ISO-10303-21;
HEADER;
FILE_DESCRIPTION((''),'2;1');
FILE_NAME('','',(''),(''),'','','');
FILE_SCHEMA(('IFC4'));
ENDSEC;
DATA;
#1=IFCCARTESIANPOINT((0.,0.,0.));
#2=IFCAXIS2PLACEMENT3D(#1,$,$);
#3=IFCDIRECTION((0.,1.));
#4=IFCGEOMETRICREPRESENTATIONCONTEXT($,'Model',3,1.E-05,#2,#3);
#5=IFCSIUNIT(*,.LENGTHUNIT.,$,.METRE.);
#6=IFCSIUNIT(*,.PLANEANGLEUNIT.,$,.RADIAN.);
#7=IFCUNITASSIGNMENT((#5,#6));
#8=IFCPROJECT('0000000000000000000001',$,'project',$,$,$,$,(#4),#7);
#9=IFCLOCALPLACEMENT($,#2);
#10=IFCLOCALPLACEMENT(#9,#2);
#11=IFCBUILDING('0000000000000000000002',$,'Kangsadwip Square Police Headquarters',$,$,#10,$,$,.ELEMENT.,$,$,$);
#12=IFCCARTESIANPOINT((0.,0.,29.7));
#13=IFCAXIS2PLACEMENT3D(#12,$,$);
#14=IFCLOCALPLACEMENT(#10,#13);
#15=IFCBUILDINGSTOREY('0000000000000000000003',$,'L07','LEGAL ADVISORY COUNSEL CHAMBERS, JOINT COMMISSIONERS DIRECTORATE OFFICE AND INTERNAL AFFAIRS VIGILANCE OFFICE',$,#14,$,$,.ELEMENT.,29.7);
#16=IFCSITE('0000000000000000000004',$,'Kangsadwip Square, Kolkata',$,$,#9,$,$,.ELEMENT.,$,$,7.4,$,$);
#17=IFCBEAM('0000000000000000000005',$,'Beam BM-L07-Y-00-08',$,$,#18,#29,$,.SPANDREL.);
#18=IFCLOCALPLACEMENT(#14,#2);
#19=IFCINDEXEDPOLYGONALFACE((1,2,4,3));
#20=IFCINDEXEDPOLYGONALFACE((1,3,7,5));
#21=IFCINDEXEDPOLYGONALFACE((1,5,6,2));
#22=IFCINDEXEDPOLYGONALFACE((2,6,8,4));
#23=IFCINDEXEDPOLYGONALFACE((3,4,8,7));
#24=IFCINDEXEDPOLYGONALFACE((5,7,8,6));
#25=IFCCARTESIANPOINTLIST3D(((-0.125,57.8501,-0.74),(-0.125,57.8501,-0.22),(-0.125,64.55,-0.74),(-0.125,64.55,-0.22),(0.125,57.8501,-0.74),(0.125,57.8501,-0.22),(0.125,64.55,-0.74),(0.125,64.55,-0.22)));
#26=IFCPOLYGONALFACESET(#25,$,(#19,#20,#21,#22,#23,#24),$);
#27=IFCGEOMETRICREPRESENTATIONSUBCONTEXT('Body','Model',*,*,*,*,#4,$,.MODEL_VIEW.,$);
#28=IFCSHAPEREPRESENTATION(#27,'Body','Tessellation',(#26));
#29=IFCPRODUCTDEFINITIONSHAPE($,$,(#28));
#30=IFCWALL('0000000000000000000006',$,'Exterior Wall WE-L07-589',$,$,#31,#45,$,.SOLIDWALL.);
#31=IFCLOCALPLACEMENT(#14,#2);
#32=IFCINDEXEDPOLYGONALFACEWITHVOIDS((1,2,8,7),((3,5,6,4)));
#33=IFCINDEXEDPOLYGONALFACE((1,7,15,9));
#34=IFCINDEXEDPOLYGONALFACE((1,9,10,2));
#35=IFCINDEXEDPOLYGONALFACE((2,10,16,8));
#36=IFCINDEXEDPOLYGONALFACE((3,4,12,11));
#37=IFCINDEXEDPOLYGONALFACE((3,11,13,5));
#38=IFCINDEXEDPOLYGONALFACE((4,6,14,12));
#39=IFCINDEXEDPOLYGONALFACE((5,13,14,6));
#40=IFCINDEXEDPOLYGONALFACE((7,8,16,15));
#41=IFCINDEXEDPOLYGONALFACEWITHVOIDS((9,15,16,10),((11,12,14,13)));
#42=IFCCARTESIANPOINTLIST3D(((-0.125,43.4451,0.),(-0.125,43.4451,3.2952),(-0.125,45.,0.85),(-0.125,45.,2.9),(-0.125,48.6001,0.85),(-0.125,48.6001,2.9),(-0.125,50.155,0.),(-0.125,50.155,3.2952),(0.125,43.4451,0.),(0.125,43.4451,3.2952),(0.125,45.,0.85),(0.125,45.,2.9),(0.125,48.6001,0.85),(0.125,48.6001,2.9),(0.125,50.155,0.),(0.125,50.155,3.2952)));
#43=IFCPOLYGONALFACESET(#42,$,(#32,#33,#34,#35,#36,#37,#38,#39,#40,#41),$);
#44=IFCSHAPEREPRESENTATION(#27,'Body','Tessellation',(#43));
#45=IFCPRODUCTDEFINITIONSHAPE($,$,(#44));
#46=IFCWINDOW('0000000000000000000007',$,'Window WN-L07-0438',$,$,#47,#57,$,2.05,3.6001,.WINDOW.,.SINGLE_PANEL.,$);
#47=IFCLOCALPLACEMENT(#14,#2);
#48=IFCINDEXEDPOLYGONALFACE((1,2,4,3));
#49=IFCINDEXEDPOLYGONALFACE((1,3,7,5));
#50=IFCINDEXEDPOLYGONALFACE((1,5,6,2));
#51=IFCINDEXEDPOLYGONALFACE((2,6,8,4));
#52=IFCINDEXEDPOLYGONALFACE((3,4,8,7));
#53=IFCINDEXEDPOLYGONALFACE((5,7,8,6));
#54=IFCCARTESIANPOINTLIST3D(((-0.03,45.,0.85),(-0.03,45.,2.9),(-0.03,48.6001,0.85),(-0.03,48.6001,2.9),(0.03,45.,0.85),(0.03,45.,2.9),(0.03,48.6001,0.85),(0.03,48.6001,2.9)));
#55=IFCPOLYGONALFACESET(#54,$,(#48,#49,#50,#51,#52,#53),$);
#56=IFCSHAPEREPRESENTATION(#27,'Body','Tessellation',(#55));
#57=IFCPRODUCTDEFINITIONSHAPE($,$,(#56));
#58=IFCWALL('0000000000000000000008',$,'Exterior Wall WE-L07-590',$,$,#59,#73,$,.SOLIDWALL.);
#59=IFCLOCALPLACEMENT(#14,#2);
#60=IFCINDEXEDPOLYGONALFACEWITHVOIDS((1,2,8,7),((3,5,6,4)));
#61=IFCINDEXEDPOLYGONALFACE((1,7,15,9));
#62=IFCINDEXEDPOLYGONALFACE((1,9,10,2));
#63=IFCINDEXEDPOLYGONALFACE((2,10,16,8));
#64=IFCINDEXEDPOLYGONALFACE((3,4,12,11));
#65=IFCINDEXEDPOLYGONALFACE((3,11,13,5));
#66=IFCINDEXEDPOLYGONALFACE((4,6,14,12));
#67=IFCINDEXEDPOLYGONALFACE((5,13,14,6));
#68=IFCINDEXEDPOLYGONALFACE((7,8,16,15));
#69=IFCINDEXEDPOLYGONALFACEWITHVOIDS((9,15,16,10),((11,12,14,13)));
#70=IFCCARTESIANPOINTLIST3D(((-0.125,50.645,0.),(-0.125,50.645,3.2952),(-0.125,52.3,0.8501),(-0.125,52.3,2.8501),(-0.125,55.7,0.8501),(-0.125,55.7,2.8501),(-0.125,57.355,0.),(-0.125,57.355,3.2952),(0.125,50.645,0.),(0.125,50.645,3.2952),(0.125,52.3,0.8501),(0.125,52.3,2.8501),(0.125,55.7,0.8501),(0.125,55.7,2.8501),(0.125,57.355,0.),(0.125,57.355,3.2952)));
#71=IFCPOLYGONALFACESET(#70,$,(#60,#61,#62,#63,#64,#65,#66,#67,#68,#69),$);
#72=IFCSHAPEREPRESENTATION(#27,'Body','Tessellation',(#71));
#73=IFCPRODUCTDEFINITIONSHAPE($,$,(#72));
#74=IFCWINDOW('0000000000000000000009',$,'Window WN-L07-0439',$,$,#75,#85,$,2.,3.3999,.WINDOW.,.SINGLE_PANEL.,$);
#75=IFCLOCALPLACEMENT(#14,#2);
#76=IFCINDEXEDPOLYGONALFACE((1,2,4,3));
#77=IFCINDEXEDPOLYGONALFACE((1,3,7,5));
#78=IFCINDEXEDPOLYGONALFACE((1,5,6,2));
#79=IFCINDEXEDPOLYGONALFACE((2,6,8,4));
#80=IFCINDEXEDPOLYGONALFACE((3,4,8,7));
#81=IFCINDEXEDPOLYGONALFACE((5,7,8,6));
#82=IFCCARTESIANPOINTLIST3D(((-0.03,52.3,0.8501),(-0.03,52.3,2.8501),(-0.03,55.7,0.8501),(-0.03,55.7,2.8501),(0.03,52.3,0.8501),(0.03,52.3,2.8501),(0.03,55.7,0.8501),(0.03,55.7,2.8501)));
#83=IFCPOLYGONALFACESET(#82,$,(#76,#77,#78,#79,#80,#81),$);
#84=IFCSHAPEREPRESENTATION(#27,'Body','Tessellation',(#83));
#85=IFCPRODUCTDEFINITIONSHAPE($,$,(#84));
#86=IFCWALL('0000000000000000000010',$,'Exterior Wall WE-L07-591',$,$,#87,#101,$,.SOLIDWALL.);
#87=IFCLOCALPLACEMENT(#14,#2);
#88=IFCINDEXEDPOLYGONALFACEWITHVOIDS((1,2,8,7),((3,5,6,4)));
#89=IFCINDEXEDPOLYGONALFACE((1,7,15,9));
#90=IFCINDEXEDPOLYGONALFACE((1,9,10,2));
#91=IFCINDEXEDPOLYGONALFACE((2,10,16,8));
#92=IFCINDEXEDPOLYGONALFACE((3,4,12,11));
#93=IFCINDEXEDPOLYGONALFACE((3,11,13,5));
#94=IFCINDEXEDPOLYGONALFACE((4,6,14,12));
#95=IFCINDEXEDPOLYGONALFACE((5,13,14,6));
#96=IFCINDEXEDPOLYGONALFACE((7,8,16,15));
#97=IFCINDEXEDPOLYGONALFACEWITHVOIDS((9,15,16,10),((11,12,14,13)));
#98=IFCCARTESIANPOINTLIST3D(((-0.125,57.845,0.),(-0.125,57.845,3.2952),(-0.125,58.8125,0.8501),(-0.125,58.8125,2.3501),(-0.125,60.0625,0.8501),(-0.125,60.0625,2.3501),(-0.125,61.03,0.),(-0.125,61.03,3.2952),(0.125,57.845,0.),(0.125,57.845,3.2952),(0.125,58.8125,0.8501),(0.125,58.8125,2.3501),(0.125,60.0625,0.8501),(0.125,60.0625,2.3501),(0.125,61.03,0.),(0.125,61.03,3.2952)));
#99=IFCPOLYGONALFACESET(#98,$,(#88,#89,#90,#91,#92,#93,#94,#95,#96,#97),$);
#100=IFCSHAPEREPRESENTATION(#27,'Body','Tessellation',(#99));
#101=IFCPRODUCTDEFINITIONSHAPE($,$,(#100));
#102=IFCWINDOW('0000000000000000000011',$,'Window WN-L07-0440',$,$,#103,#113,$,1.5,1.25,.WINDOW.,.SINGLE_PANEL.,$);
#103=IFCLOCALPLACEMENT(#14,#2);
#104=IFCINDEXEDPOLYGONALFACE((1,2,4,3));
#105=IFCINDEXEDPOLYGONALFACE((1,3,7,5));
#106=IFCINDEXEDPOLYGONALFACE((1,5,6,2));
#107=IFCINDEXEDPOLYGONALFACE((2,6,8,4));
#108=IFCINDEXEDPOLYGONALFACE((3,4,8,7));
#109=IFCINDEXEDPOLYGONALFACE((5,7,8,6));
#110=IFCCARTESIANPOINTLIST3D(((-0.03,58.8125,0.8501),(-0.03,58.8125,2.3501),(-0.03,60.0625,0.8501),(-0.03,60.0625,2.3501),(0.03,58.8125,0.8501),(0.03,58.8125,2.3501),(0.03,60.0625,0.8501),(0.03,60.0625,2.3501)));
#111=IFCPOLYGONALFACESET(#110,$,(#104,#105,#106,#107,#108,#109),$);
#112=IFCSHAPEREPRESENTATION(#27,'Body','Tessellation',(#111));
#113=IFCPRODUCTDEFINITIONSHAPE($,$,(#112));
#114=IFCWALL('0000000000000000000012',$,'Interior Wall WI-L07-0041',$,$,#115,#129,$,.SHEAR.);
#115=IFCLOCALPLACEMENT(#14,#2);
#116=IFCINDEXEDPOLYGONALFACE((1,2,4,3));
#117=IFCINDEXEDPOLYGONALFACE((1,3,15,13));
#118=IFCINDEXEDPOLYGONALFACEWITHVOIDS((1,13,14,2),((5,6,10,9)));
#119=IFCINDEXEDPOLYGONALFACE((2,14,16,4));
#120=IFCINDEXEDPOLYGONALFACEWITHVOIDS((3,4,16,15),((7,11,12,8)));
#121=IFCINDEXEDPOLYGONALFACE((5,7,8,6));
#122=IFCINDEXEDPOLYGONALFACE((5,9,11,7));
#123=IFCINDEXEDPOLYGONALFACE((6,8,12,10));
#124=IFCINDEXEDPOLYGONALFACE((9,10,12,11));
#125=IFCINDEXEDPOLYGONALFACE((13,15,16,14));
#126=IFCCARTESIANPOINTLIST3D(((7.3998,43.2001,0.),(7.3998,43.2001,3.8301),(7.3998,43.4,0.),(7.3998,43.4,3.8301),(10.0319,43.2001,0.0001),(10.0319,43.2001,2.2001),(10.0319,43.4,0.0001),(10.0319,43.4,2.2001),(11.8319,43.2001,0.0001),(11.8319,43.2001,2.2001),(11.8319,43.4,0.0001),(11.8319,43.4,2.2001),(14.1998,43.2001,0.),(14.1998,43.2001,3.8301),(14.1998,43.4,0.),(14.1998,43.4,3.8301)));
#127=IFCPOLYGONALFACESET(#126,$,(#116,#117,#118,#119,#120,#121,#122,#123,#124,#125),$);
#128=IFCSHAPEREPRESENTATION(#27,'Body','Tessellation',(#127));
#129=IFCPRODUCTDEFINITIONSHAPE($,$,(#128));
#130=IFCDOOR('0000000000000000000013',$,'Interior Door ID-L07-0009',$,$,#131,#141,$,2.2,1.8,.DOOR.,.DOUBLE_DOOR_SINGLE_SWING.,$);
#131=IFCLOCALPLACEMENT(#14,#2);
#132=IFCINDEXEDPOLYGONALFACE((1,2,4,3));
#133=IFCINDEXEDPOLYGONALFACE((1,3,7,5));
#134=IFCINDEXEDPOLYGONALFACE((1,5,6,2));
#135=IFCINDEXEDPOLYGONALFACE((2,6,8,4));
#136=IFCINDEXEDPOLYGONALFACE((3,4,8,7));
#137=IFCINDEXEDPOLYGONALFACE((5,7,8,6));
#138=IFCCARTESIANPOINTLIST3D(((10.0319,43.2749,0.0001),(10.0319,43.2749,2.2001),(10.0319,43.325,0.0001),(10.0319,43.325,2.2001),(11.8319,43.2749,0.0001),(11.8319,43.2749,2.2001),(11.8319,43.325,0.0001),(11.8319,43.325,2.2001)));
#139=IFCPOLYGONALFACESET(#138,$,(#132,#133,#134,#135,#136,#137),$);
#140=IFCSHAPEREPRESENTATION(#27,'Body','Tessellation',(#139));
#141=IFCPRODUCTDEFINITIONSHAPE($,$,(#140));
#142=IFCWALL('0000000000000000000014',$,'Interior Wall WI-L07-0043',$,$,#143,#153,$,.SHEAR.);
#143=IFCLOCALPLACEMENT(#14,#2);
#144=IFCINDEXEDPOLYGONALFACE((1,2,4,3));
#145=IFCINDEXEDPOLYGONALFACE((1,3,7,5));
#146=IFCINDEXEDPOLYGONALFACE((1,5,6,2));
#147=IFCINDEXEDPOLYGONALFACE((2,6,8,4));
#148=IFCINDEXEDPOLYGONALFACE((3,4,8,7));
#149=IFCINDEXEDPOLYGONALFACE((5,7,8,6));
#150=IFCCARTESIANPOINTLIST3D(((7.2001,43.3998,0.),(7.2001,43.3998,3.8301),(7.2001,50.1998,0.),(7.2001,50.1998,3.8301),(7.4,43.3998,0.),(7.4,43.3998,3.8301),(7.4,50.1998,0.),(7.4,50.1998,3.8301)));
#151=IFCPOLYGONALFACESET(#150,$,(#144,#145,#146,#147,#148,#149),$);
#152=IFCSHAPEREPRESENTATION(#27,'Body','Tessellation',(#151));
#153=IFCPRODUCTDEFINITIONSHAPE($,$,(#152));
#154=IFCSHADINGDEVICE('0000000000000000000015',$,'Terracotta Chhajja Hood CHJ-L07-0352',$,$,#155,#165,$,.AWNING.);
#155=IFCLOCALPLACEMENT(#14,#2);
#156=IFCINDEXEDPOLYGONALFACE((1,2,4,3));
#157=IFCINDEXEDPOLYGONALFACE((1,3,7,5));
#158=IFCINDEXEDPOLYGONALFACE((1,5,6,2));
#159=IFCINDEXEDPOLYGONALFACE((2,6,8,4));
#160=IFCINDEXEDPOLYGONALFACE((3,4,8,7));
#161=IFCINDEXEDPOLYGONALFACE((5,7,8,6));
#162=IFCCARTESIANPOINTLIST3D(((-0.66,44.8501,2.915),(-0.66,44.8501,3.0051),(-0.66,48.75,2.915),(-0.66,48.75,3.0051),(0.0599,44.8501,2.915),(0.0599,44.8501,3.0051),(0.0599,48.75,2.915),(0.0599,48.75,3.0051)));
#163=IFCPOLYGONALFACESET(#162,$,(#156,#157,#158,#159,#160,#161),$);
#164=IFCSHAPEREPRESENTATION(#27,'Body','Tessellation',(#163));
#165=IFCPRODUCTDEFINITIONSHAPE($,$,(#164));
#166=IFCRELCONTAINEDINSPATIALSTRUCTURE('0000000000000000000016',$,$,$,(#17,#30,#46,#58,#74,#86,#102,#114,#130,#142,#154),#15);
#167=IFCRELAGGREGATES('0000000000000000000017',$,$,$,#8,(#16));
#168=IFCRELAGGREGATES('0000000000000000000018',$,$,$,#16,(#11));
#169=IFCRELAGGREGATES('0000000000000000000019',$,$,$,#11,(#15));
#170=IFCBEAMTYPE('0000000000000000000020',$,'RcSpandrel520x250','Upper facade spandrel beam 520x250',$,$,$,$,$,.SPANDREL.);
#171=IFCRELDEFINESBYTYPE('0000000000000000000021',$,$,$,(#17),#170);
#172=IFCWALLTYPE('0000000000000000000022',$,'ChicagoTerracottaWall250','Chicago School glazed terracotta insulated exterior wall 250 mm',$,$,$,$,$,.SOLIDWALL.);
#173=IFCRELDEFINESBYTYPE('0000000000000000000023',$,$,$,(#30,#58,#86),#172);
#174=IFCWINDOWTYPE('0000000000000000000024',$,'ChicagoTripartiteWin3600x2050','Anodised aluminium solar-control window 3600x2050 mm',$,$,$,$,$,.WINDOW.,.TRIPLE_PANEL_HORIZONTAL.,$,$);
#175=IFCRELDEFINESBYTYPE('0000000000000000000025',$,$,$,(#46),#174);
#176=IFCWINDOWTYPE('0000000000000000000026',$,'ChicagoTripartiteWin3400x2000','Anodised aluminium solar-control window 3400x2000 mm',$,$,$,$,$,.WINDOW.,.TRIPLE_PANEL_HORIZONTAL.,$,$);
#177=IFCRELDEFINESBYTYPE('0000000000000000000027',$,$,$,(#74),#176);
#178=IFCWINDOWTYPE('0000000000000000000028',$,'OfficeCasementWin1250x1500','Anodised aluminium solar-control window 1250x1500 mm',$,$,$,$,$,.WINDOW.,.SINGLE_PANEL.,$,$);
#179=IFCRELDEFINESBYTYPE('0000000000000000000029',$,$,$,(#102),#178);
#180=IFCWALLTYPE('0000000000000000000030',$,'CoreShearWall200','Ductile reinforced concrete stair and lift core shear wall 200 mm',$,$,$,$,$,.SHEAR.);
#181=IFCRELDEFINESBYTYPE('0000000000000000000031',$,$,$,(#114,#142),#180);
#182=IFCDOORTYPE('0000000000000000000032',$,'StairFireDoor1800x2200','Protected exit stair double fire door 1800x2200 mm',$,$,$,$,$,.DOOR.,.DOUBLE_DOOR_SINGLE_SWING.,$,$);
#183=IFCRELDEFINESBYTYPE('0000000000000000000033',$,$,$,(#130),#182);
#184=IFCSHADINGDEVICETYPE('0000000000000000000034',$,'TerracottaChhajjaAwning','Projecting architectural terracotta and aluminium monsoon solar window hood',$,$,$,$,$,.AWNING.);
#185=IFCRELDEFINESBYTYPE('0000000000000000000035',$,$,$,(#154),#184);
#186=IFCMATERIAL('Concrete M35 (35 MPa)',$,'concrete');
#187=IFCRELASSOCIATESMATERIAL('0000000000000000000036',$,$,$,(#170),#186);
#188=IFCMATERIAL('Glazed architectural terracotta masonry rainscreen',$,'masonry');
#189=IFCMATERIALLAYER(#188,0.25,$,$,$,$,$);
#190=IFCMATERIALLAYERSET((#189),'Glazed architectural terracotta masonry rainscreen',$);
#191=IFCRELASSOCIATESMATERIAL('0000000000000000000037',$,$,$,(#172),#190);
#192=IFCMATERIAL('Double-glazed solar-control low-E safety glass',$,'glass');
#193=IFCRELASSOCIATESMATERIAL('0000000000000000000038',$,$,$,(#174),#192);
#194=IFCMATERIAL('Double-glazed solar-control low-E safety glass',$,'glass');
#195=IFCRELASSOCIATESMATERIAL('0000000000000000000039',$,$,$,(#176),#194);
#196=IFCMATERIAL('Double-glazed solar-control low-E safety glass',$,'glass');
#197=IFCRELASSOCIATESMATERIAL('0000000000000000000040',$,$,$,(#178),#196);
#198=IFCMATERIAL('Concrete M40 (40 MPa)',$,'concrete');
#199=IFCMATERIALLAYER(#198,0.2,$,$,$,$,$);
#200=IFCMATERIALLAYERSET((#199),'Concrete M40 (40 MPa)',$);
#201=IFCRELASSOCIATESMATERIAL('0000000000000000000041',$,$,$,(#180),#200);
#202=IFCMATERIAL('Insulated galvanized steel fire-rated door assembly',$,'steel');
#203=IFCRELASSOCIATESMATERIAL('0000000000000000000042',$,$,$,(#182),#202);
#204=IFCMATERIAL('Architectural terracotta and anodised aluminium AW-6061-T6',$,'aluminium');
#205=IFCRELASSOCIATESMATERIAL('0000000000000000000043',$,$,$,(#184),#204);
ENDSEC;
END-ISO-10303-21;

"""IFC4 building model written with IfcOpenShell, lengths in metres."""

from ifc_helpers import new_model, si_unit, direction, frame, frame_2d, origin, origin_2d, place, context, subcontext, project, spatial, rectangle, extrude, material, layer, layer_set, material_profile, profile_set, type_object, element, fill, save


model = new_model("IFC4")

# Units and contexts
model_context = context("Model", 3, precision=1e-05, world=origin(), true_north=direction((0.0, 1.0)))
body_context = subcontext(model_context, "Body", "Model", "MODEL_VIEW")
ifc_project = project(units=[si_unit("LENGTHUNIT", "METRE"), si_unit("PLANEANGLEUNIT", "RADIAN")], contexts=[model_context])

# Site, building, storey
site_placement = place(None, origin())
site = spatial("IfcSite", under=ifc_project, at=site_placement, Name="Kangsadwip Square, Kolkata", CompositionType="ELEMENT", RefElevation=7.4)
building_placement = place(site_placement, origin())
building = spatial("IfcBuilding", under=site, at=building_placement, Name="Kangsadwip Square Police Headquarters", CompositionType="ELEMENT")
storey_placement = place(building_placement, frame((0.0, 0.0, 29.7)))
storey = spatial("IfcBuildingStorey", under=building, at=storey_placement, Name="L07", Description="LEGAL ADVISORY COUNSEL CHAMBERS, JOINT COMMISSIONERS DIRECTORATE OFFICE AND INTERNAL AFFAIRS VIGILANCE OFFICE", CompositionType="ELEMENT", Elevation=29.7)

# Beam
ifc_material_1 = material(Name="Concrete M35 (35 MPa)", Category="concrete")
ifc_material_profile_1 = material_profile(ifc_material_1, rectangle(XDim=0.25, YDim=0.52, at=origin_2d()), Name="RC SPN 520X250")
ifc_profile_set_1 = profile_set([ifc_material_profile_1], Name="Concrete M35 (35 MPa)")
beam_type_1 = type_object("IfcBeamType", Name="RcSpandrel520x250", Description="Upper facade spandrel beam 520x250", PredefinedType="SPANDREL", material=ifc_profile_set_1)
beam_1_placement = place(storey_placement, frame((0.0, 57.8501, -0.48), z_axis=(0.0, 1.0, 0.0), x_axis=(-1.0, 0.0, 0.0)))
element("IfcBeam", 1, at=beam_1_placement, inside=storey, type_object=beam_type_1, Name="Beam BM-L07-Y-00-08", PredefinedType="SPANDREL", context=body_context, shape_type="SweptSolid", body=[
    extrude(rectangle(XDim=0.25, YDim=0.52, at=origin_2d()), origin(), (0.0, 0.0, 1.0), 6.7),
])

# Walls, openings, windows
ifc_material_2 = material(Name="Glazed architectural terracotta masonry rainscreen", Category="masonry")
ifc_layer_1 = layer(ifc_material_2, 0.25)
ifc_layer_set_1 = layer_set([ifc_layer_1], Name="Glazed architectural terracotta masonry rainscreen")
wall_type_1 = type_object("IfcWallType", Name="ChicagoTerracottaWall250", Description="Chicago School glazed terracotta insulated exterior wall 250 mm", PredefinedType="SOLIDWALL", material=ifc_layer_set_1)
wall_1_placement = place(storey_placement, frame((0.0, 43.4451, 0.0), z_axis=(0.0, 0.0, 1.0), x_axis=(0.0, 1.0, 0.0)))
wall_1 = element("IfcWall", 2, at=wall_1_placement, inside=storey, type_object=wall_type_1, Name="Exterior Wall WE-L07-589", PredefinedType="SOLIDWALL", context=body_context, shape_type="SweptSolid", body=[
    extrude(rectangle(XDim=6.71, YDim=0.25, at=frame_2d((3.355, 0.0))), origin(), (0.0, 0.0, 1.0), 3.2952),
])
opening_1_placement = place(wall_1_placement, frame((1.5549, 0.0, 0.8501)))
opening_1 = element("IfcOpeningElement", 3, at=opening_1_placement, cuts=wall_1, PredefinedType="OPENING", context=body_context, shape_type="SweptSolid", body=[
    extrude(rectangle(XDim=3.6001, YDim=2.05, at=frame_2d((1.8, 1.0249))), frame((0.0, 0.135, 0.0), z_axis=(0.0, -1.0, 0.0), x_axis=(1.0, 0.0, 0.0)), (0.0, 0.0, 1.0), 0.27),
])
ifc_material_3 = material(Name="Double-glazed solar-control low-E safety glass", Category="glass")
window_type_1 = type_object("IfcWindowType", Name="ChicagoTripartiteWin3600x2050", Description="Anodised aluminium solar-control window 3600x2050 mm", PartitioningType="TRIPLE_PANEL_HORIZONTAL", PredefinedType="WINDOW", material=ifc_material_3)
window_1_placement = place(opening_1_placement, origin())
window_1 = element("IfcWindow", 4, at=window_1_placement, inside=storey, type_object=window_type_1, Name="Window WN-L07-0438", OverallHeight=2.05, OverallWidth=3.6001, PartitioningType="SINGLE_PANEL", PredefinedType="WINDOW", context=body_context, shape_type="SweptSolid", body=[
    extrude(rectangle(XDim=3.6001, YDim=2.05, at=frame_2d((1.8, 1.0249))), frame((0.0, 0.03, 0.0), z_axis=(0.0, -1.0, 0.0), x_axis=(1.0, 0.0, 0.0)), (0.0, 0.0, 1.0), 0.0601),
])
fill(opening_1, window_1)
wall_2_placement = place(storey_placement, frame((0.0, 50.645, 0.0), z_axis=(0.0, 0.0, 1.0), x_axis=(0.0, 1.0, 0.0)))
wall_2 = element("IfcWall", 5, at=wall_2_placement, inside=storey, type_object=wall_type_1, Name="Exterior Wall WE-L07-590", PredefinedType="SOLIDWALL", context=body_context, shape_type="SweptSolid", body=[
    extrude(rectangle(XDim=6.71, YDim=0.25, at=frame_2d((3.355, 0.0))), origin(), (0.0, 0.0, 1.0), 3.2952),
])
opening_2_placement = place(wall_2_placement, frame((1.655, 0.0, 0.8501)))
opening_2 = element("IfcOpeningElement", 6, at=opening_2_placement, cuts=wall_2, PredefinedType="OPENING", context=body_context, shape_type="SweptSolid", body=[
    extrude(rectangle(XDim=3.3999, YDim=2.0, at=frame_2d((1.7, 1.0))), frame((0.0, 0.135, 0.0), z_axis=(0.0, -1.0, 0.0), x_axis=(1.0, 0.0, 0.0)), (0.0, 0.0, 1.0), 0.27),
])
ifc_material_4 = material(Name="Double-glazed solar-control low-E safety glass", Category="glass")
window_type_2 = type_object("IfcWindowType", Name="ChicagoTripartiteWin3400x2000", Description="Anodised aluminium solar-control window 3400x2000 mm", PartitioningType="TRIPLE_PANEL_HORIZONTAL", PredefinedType="WINDOW", material=ifc_material_4)
window_2_placement = place(opening_2_placement, origin())
window_2 = element("IfcWindow", 7, at=window_2_placement, inside=storey, type_object=window_type_2, Name="Window WN-L07-0439", OverallHeight=2.0, OverallWidth=3.3999, PartitioningType="SINGLE_PANEL", PredefinedType="WINDOW", context=body_context, shape_type="SweptSolid", body=[
    extrude(rectangle(XDim=3.3999, YDim=2.0, at=frame_2d((1.7, 1.0))), frame((0.0, 0.03, 0.0), z_axis=(0.0, -1.0, 0.0), x_axis=(1.0, 0.0, 0.0)), (0.0, 0.0, 1.0), 0.0601),
])
fill(opening_2, window_2)
wall_3_placement = place(storey_placement, frame((0.0, 57.845, 0.0), z_axis=(0.0, 0.0, 1.0), x_axis=(0.0, 1.0, 0.0)))
wall_3 = element("IfcWall", 8, at=wall_3_placement, inside=storey, type_object=wall_type_1, Name="Exterior Wall WE-L07-591", PredefinedType="SOLIDWALL", context=body_context, shape_type="SweptSolid", body=[
    extrude(rectangle(XDim=3.1851, YDim=0.25, at=frame_2d((1.5925, 0.0))), origin(), (0.0, 0.0, 1.0), 3.2952),
])
opening_3_placement = place(wall_3_placement, frame((0.9675, 0.0, 0.8501)))
opening_3 = element("IfcOpeningElement", 9, at=opening_3_placement, cuts=wall_3, PredefinedType="OPENING", context=body_context, shape_type="SweptSolid", body=[
    extrude(rectangle(XDim=1.25, YDim=1.5, at=frame_2d((0.625, 0.75))), frame((0.0, 0.135, 0.0), z_axis=(0.0, -1.0, 0.0), x_axis=(1.0, 0.0, 0.0)), (0.0, 0.0, 1.0), 0.27),
])
ifc_material_5 = material(Name="Double-glazed solar-control low-E safety glass", Category="glass")
window_type_3 = type_object("IfcWindowType", Name="OfficeCasementWin1250x1500", Description="Anodised aluminium solar-control window 1250x1500 mm", PartitioningType="SINGLE_PANEL", PredefinedType="WINDOW", material=ifc_material_5)
window_3_placement = place(opening_3_placement, origin())
window_3 = element("IfcWindow", 10, at=window_3_placement, inside=storey, type_object=window_type_3, Name="Window WN-L07-0440", OverallHeight=1.5, OverallWidth=1.25, PartitioningType="SINGLE_PANEL", PredefinedType="WINDOW", context=body_context, shape_type="SweptSolid", body=[
    extrude(rectangle(XDim=1.25, YDim=1.5, at=frame_2d((0.625, 0.75))), frame((0.0, 0.03, 0.0), z_axis=(0.0, -1.0, 0.0), x_axis=(1.0, 0.0, 0.0)), (0.0, 0.0, 1.0), 0.0601),
])
fill(opening_3, window_3)

# Wall, opening, door
ifc_material_6 = material(Name="Concrete M40 (40 MPa)", Category="concrete")
ifc_layer_2 = layer(ifc_material_6, 0.2)
ifc_layer_set_2 = layer_set([ifc_layer_2], Name="Concrete M40 (40 MPa)")
wall_type_2 = type_object("IfcWallType", Name="CoreShearWall200", Description="Ductile reinforced concrete stair and lift core shear wall 200 mm", PredefinedType="SHEAR", material=ifc_layer_set_2)
wall_4_placement = place(storey_placement, frame((7.3999, 43.3, 0.0), z_axis=(0.0, 0.0, 1.0), x_axis=(1.0, 0.0, 0.0)))
wall_4 = element("IfcWall", 11, at=wall_4_placement, inside=storey, type_object=wall_type_2, Name="Interior Wall WI-L07-0041", PredefinedType="SHEAR", context=body_context, shape_type="SweptSolid", body=[
    extrude(rectangle(XDim=6.8, YDim=0.2, at=frame_2d((3.3999, 0.0))), origin(), (0.0, 0.0, 1.0), 3.8301),
])
opening_4_placement = place(wall_4_placement, frame((2.6321, 0.0, 0.0)))
opening_4 = element("IfcOpeningElement", 12, at=opening_4_placement, cuts=wall_4, PredefinedType="OPENING", context=body_context, shape_type="SweptSolid", body=[
    extrude(rectangle(XDim=1.8, YDim=2.2, at=frame_2d((0.8999, 1.1001))), frame((0.0, 0.1099, 0.0), z_axis=(0.0, -1.0, 0.0), x_axis=(1.0, 0.0, 0.0)), (0.0, 0.0, 1.0), 0.22),
])
ifc_material_7 = material(Name="Insulated galvanized steel fire-rated door assembly", Category="steel")
door_type = type_object("IfcDoorType", Name="StairFireDoor1800x2200", Description="Protected exit stair double fire door 1800x2200 mm", OperationType="DOUBLE_DOOR_SINGLE_SWING", PredefinedType="DOOR", material=ifc_material_7)
door_placement = place(opening_4_placement, origin())
door = element("IfcDoor", 13, at=door_placement, inside=storey, type_object=door_type, Name="Interior Door ID-L07-0009", OperationType="DOUBLE_DOOR_SINGLE_SWING", OverallHeight=2.2, OverallWidth=1.8, PredefinedType="DOOR", context=body_context, shape_type="SweptSolid", body=[
    extrude(rectangle(XDim=1.8, YDim=2.2, at=frame_2d((0.8999, 1.1001))), frame((0.0, 0.0249, 0.0), z_axis=(0.0, -1.0, 0.0), x_axis=(1.0, 0.0, 0.0)), (0.0, 0.0, 1.0), 0.05),
])
fill(opening_4, door)

# Wall
wall_5_placement = place(storey_placement, frame((7.3, 43.3999, 0.0), z_axis=(0.0, 0.0, 1.0), x_axis=(0.0, 1.0, 0.0)))
element("IfcWall", 14, at=wall_5_placement, inside=storey, type_object=wall_type_2, Name="Interior Wall WI-L07-0043", PredefinedType="SHEAR", context=body_context, shape_type="SweptSolid", body=[
    extrude(rectangle(XDim=6.8, YDim=0.2, at=frame_2d((3.3999, 0.0))), origin(), (0.0, 0.0, 1.0), 3.8301),
])

# Shading device
ifc_material_8 = material(Name="Architectural terracotta and anodised aluminium AW-6061-T6", Category="aluminium")
shading_device_type = type_object("IfcShadingDeviceType", Name="TerracottaChhajjaAwning", Description="Projecting architectural terracotta and aluminium monsoon solar window hood", PredefinedType="AWNING", material=ifc_material_8)
shading_device_1_placement = place(storey_placement, frame((-0.3, 46.8, 2.915), z_axis=(0.0, 0.0, 1.0), x_axis=(0.0, 1.0, 0.0)))
element("IfcShadingDevice", 15, at=shading_device_1_placement, inside=storey, type_object=shading_device_type, Name="Terracotta Chhajja Hood CHJ-L07-0352", PredefinedType="AWNING", context=body_context, shape_type="SweptSolid", body=[
    extrude(rectangle(XDim=3.8999, YDim=0.72, at=origin_2d()), origin(), (0.0, 0.0, 1.0), 0.0901),
])

save(model, "model.ifc")
